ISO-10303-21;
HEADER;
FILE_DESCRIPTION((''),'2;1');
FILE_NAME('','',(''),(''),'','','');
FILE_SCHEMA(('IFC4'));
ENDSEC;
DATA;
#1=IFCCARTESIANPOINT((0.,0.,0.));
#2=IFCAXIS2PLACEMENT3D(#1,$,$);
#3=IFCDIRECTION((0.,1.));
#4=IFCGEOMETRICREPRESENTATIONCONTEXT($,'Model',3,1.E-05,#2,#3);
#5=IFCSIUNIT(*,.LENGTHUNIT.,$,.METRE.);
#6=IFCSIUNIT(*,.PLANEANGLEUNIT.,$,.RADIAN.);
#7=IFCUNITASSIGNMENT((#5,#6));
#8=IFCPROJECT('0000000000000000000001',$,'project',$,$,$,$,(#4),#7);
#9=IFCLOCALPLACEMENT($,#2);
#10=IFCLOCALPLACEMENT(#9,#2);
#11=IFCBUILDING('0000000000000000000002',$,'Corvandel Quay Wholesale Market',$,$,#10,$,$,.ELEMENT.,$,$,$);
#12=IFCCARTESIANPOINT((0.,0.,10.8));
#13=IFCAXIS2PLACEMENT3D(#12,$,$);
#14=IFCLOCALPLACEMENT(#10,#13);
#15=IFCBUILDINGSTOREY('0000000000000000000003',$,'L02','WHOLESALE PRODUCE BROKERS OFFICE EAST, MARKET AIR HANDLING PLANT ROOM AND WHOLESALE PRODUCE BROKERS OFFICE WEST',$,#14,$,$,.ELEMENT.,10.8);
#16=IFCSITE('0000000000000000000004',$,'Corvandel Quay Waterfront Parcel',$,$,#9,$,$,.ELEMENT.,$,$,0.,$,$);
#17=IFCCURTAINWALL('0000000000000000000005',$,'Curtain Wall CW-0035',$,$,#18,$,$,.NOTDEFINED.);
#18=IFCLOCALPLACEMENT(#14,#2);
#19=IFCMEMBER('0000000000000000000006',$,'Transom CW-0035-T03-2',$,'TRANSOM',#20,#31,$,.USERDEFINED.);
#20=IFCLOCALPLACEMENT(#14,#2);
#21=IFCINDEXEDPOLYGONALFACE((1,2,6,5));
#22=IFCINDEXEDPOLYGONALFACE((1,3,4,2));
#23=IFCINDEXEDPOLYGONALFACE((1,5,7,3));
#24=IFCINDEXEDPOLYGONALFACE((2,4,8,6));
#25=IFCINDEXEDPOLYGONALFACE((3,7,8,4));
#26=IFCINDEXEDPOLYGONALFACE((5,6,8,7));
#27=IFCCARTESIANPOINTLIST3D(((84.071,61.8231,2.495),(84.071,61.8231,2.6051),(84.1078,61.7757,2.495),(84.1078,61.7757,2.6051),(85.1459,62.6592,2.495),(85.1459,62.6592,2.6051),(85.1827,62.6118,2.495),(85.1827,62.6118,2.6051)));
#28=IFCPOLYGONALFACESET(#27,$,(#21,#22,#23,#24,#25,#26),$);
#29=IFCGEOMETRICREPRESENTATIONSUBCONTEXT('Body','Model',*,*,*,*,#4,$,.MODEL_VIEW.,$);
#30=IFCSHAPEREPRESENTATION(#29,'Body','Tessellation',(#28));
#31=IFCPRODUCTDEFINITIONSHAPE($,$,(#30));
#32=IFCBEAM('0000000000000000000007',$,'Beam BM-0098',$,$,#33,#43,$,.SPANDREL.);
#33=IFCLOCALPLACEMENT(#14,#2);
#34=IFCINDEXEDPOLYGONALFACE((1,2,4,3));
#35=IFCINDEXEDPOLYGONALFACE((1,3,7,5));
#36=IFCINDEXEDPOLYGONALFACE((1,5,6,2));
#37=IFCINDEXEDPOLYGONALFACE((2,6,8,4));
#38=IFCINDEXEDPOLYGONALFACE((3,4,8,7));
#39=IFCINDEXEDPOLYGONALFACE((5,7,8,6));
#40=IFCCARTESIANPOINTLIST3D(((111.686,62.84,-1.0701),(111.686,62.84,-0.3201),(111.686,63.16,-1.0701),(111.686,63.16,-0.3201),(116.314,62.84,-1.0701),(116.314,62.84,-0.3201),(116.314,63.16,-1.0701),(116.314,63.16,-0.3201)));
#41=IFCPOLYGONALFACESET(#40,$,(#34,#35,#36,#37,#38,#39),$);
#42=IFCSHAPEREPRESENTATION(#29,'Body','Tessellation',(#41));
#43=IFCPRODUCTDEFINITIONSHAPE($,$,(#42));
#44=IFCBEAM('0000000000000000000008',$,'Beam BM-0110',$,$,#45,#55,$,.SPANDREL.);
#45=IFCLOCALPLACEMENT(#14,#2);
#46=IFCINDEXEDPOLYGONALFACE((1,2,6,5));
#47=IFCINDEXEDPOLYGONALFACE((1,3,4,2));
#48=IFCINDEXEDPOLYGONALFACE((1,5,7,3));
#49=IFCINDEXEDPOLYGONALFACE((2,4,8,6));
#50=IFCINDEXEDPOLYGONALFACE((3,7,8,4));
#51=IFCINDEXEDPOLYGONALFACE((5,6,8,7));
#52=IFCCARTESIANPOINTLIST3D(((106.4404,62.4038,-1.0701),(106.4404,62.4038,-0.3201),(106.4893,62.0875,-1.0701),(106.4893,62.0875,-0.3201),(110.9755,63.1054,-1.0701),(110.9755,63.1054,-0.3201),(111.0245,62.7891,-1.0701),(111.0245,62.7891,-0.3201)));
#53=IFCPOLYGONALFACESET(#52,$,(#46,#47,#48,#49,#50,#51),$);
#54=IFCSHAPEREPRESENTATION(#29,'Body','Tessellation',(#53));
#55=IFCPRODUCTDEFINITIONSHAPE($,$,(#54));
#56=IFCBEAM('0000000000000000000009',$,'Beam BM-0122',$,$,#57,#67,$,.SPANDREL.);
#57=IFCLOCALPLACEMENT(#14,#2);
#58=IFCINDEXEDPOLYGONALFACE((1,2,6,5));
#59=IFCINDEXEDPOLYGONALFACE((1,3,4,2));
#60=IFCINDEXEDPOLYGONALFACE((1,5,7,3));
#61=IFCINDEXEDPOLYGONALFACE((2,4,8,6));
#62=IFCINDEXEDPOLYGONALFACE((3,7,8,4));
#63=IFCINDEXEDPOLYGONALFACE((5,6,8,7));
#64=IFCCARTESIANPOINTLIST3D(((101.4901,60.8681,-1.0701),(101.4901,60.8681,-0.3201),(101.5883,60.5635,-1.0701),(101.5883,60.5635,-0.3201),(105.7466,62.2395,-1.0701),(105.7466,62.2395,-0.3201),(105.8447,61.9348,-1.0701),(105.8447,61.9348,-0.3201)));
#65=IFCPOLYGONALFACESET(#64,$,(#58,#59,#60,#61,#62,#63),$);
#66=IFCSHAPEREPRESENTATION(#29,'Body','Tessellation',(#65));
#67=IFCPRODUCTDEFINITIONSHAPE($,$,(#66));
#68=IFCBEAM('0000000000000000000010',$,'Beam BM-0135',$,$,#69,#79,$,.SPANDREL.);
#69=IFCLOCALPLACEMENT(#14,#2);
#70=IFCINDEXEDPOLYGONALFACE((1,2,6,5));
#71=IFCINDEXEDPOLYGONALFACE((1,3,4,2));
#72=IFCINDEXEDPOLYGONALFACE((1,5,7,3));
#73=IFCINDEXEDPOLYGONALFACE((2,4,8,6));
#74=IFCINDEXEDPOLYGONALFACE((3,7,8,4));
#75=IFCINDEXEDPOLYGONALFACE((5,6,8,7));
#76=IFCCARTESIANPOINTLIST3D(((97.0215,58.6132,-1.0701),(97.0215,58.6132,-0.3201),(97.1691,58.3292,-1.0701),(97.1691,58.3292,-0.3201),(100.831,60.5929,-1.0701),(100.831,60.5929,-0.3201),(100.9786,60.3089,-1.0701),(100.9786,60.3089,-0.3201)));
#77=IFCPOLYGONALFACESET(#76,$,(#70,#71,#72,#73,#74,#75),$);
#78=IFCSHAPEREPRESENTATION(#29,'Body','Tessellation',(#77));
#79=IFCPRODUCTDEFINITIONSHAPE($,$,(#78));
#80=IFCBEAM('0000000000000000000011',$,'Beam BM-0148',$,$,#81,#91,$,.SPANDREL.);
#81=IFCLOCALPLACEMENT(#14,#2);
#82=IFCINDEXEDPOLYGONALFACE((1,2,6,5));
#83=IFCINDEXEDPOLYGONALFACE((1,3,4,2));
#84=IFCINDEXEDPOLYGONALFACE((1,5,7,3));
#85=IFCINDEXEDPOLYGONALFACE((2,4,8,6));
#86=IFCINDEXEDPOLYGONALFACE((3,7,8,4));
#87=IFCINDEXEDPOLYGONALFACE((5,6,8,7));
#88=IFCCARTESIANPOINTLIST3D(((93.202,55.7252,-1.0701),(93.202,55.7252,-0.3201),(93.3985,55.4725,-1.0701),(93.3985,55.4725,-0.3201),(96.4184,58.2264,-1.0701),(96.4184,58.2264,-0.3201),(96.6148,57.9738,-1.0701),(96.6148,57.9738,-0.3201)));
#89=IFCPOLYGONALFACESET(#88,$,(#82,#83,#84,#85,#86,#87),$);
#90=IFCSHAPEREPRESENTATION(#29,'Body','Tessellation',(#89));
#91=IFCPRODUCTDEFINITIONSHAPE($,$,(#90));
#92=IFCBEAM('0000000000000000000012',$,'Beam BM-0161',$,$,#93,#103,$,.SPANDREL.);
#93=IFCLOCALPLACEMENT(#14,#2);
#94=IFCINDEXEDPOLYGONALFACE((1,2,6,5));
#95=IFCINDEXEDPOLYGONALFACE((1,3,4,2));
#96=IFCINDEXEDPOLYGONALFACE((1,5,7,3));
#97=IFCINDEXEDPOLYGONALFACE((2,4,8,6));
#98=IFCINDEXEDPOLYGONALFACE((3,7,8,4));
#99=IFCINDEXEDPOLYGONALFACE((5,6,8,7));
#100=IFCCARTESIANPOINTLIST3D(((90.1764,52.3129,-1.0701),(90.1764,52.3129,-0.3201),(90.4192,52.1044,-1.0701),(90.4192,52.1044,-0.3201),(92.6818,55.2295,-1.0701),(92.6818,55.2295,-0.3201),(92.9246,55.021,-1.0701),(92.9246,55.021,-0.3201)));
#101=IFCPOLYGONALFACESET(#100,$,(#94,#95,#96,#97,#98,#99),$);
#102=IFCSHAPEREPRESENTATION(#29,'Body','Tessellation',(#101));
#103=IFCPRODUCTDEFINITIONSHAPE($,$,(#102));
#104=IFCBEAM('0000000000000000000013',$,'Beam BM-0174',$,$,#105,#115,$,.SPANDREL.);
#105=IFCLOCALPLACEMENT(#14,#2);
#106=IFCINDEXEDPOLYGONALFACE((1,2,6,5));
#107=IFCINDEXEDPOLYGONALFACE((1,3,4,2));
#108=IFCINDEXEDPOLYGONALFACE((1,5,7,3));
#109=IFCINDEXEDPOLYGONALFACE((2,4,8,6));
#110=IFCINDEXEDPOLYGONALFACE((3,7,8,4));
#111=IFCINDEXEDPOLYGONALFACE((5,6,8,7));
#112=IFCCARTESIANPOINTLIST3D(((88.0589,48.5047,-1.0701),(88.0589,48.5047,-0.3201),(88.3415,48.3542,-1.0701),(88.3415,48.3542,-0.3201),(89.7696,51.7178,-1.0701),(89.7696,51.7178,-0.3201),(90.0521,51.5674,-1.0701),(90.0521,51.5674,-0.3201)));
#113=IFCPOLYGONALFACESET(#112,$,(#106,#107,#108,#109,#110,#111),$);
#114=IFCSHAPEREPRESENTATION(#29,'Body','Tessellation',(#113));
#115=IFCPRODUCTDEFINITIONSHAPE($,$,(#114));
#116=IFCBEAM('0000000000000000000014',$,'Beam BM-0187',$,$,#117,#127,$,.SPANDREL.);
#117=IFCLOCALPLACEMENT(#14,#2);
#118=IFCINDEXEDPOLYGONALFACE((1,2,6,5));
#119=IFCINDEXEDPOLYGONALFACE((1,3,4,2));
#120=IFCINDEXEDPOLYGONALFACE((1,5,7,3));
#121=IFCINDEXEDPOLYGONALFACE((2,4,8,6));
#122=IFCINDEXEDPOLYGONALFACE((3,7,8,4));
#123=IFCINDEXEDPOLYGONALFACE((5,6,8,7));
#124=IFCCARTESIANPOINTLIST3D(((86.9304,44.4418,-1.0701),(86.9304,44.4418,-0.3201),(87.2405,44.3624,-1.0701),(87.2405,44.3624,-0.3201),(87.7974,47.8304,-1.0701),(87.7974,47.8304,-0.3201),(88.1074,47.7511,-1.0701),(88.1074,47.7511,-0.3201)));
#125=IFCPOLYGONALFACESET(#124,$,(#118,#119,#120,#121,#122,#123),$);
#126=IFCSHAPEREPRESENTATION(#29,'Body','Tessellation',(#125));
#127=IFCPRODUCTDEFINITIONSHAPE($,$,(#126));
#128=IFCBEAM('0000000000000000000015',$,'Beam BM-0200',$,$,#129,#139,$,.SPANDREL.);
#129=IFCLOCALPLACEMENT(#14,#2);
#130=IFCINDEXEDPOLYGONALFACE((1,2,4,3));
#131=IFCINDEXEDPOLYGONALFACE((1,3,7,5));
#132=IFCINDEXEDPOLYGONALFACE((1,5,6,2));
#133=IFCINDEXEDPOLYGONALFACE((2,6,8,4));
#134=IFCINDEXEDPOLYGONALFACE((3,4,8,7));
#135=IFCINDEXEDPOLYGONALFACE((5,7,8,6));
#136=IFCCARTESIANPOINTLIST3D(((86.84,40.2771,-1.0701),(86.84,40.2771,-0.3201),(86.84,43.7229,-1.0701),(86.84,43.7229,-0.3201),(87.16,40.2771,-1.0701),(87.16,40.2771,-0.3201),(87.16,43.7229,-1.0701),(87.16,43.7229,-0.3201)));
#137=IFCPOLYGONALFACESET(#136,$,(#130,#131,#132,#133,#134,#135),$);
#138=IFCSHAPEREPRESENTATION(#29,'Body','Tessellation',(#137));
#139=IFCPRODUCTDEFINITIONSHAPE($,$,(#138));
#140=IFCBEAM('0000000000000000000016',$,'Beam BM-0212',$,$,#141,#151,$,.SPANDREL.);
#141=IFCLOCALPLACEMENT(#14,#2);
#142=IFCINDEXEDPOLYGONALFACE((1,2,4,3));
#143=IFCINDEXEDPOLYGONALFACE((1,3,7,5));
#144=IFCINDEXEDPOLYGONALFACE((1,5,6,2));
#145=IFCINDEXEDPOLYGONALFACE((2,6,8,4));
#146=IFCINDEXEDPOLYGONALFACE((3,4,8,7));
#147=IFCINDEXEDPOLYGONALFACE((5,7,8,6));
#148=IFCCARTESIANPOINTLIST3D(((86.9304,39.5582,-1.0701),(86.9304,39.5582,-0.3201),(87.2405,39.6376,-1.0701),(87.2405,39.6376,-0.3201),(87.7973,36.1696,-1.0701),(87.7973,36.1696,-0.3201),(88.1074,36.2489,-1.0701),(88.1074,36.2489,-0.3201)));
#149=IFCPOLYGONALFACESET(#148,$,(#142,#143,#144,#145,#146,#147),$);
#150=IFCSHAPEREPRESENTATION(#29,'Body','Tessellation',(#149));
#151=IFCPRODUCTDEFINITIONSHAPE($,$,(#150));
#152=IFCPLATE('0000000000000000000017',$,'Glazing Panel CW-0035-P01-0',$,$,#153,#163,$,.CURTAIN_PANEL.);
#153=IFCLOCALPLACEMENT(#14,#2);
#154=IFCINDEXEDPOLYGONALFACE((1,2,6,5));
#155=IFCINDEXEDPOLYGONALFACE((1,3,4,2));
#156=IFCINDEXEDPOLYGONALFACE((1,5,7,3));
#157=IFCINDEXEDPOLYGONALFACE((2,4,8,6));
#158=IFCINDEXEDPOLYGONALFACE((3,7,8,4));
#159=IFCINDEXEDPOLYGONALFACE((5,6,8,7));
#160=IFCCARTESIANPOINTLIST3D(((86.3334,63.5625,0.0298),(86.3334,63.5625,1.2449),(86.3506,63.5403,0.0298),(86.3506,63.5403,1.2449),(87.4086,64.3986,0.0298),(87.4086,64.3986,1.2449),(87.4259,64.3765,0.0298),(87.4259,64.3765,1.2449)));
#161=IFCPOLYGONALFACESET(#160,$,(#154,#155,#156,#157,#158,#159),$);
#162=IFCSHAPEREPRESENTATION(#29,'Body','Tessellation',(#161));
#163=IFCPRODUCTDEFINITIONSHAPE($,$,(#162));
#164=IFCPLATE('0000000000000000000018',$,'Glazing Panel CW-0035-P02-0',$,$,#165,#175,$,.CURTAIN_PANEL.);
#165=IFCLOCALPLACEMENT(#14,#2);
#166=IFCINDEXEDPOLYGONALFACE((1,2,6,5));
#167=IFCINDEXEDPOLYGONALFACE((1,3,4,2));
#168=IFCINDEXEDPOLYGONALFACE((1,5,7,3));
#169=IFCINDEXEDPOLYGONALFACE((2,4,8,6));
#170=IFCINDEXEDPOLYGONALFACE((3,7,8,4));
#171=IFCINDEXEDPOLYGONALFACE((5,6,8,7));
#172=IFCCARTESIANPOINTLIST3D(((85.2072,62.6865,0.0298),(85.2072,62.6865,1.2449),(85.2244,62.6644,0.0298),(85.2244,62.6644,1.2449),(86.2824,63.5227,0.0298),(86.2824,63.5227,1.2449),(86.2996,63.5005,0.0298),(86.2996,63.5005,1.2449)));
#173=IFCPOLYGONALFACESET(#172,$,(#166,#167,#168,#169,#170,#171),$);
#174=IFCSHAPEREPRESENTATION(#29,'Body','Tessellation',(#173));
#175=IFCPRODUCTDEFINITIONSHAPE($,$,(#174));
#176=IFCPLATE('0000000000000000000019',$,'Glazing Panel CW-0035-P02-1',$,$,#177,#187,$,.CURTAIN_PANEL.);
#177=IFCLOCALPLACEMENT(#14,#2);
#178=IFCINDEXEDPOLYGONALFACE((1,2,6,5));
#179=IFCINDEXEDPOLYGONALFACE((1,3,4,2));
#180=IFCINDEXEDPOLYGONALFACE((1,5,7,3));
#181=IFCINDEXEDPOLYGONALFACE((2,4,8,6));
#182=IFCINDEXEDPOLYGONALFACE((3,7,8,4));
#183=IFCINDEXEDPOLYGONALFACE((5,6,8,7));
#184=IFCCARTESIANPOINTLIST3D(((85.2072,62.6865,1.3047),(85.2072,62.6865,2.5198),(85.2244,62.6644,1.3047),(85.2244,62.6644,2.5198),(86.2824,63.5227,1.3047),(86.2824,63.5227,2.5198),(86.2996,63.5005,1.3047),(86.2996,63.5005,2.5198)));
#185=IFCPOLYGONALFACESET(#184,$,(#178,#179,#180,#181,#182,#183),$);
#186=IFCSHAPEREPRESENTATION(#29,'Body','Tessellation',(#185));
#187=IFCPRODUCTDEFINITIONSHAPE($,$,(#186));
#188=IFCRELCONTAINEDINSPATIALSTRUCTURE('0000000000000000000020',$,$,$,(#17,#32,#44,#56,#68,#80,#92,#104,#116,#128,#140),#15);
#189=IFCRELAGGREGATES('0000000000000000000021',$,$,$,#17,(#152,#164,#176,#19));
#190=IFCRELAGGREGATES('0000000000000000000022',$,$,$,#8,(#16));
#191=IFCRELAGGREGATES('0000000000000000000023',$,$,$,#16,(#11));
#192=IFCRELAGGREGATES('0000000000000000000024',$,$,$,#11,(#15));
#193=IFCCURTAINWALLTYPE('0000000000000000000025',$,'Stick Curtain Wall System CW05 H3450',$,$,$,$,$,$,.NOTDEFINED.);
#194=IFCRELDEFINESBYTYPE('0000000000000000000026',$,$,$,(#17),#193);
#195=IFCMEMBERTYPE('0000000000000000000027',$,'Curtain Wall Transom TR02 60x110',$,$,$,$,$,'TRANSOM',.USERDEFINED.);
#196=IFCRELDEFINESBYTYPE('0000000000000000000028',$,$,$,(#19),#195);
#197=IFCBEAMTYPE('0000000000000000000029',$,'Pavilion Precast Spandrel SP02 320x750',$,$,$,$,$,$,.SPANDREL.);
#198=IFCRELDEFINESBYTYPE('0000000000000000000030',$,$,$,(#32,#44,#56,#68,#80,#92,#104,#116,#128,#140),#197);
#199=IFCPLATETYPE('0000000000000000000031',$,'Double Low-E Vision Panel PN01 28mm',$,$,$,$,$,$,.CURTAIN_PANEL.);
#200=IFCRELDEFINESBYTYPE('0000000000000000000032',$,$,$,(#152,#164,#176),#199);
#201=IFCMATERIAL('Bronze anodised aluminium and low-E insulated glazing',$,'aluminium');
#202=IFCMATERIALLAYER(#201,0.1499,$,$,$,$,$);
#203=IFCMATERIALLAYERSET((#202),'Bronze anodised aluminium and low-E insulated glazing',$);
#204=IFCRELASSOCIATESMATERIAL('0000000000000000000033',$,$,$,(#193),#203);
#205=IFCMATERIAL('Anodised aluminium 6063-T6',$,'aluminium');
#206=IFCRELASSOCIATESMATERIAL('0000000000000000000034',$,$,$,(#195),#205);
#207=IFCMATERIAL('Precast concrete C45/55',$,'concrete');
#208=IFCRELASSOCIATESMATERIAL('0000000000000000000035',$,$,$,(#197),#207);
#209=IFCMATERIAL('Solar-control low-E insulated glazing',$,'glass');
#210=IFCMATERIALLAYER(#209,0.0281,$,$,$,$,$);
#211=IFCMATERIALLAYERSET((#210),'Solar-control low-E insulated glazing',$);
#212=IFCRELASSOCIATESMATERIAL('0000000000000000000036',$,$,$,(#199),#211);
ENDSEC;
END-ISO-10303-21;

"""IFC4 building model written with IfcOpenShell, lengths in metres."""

from ifc_helpers import new_model, si_unit, direction, frame, origin, origin_2d, place, context, subcontext, project, spatial, rectangle, extrude, material, layer, layer_set, material_profile, profile_set, type_object, element, aggregate, save


model = new_model("IFC4")

# Units and contexts
model_context = context("Model", 3, precision=1e-05, world=origin(), true_north=direction((0.0, 1.0)))
body_context = subcontext(model_context, "Body", "Model", "MODEL_VIEW")
ifc_project = project(units=[si_unit("LENGTHUNIT", "METRE"), si_unit("PLANEANGLEUNIT", "RADIAN")], contexts=[model_context])

# Site, building, storey
site_placement = place(None, origin())
site = spatial("IfcSite", under=ifc_project, at=site_placement, Name="Corvandel Quay Waterfront Parcel", CompositionType="ELEMENT", RefElevation=0.0)
building_placement = place(site_placement, origin())
building = spatial("IfcBuilding", under=site, at=building_placement, Name="Corvandel Quay Wholesale Market", CompositionType="ELEMENT")
storey_placement = place(building_placement, frame((0.0, 0.0, 10.8)))
storey = spatial("IfcBuildingStorey", under=building, at=storey_placement, Name="L02", Description="WHOLESALE PRODUCE BROKERS OFFICE EAST, MARKET AIR HANDLING PLANT ROOM AND WHOLESALE PRODUCE BROKERS OFFICE WEST", CompositionType="ELEMENT", Elevation=10.8)

# Shared definitions
ifc_material_1 = material(Name="Precast concrete C45/55", Category="concrete")

# Curtain wall, member
ifc_material_2 = material(Name="Bronze anodised aluminium and low-E insulated glazing", Category="aluminium")
ifc_layer_1 = layer(ifc_material_2, 0.1499)
ifc_layer_set_1 = layer_set([ifc_layer_1], Name="Bronze anodised aluminium and low-E insulated glazing")
curtain_wall_type = type_object("IfcCurtainWallType", Name="Stick Curtain Wall System CW05 H3450", PredefinedType="NOTDEFINED", material=ifc_layer_set_1)
curtain_wall_placement = place(storey_placement, origin())
curtain_wall = element("IfcCurtainWall", 1, at=curtain_wall_placement, inside=storey, type_object=curtain_wall_type, Name="Curtain Wall CW-0035", PredefinedType="NOTDEFINED")
ifc_material_3 = material(Name="Anodised aluminium 6063-T6", Category="aluminium")
ifc_material_profile_1 = material_profile(ifc_material_3, rectangle(XDim=0.0601, YDim=0.1101, at=origin_2d()), Name="ALU-TRN-60x110")
ifc_profile_set_1 = profile_set([ifc_material_profile_1], Name="Anodised aluminium 6063-T6")
member_type_1 = type_object("IfcMemberType", Name="Curtain Wall Transom TR02 60x110", ElementType="TRANSOM", PredefinedType="USERDEFINED", material=ifc_profile_set_1)
member_1_placement = place(storey_placement, frame((85.1643, 62.6355, 2.55), z_axis=(-0.789314, -0.61399, 0.0), x_axis=(0.61399, -0.789314, 0.0)))
member_1 = element("IfcMember", 2, at=member_1_placement, type_object=member_type_1, Name="Transom CW-0035-T03-2", ObjectType="TRANSOM", PredefinedType="USERDEFINED", context=body_context, shape_type="SweptSolid", body=[
    extrude(rectangle(XDim=0.0601, YDim=0.1101, at=origin_2d()), origin(), (0.0, 0.0, 1.0), 1.3618),
])

# Beams
ifc_material_profile_2 = material_profile(ifc_material_1, rectangle(XDim=0.3201, YDim=0.75, at=origin_2d()), Name="PC-SPN-320x750")
ifc_profile_set_2 = profile_set([ifc_material_profile_2], Name="Precast concrete C45/55")
beam_type = type_object("IfcBeamType", Name="Pavilion Precast Spandrel SP02 320x750", PredefinedType="SPANDREL", material=ifc_profile_set_2)
beam_1_placement = place(storey_placement, frame((116.314, 63.0, -0.6951), z_axis=(-1.0, 0.0, 0.0), x_axis=(0.0, -1.0, 0.0)))
element("IfcBeam", 3, at=beam_1_placement, inside=storey, type_object=beam_type, Name="Beam BM-0098", PredefinedType="SPANDREL", context=body_context, shape_type="SweptSolid", body=[
    extrude(rectangle(XDim=0.3201, YDim=0.75, at=origin_2d()), origin(), (0.0, 0.0, 1.0), 4.6279),
])
beam_2_placement = place(storey_placement, frame((111.0, 62.9473, -0.6951), z_axis=(-0.988242, -0.152897, 0.0), x_axis=(0.152897, -0.988242, 0.0)))
element("IfcBeam", 4, at=beam_2_placement, inside=storey, type_object=beam_type, Name="Beam BM-0110", PredefinedType="SPANDREL", context=body_context, shape_type="SweptSolid", body=[
    extrude(rectangle(XDim=0.3201, YDim=0.75, at=origin_2d()), origin(), (0.0, 0.0, 1.0), 4.5891),
])
beam_3_placement = place(storey_placement, frame((105.7957, 62.0872, -0.6951), z_axis=(-0.951818, -0.306663, 0.0), x_axis=(0.306663, -0.951818, 0.0)))
element("IfcBeam", 5, at=beam_3_placement, inside=storey, type_object=beam_type, Name="Beam BM-0122", PredefinedType="SPANDREL", context=body_context, shape_type="SweptSolid", body=[
    extrude(rectangle(XDim=0.3201, YDim=0.75, at=origin_2d()), origin(), (0.0, 0.0, 1.0), 4.4719),
])
beam_4_placement = place(storey_placement, frame((100.9048, 60.4509, -0.6951), z_axis=(-0.887335, -0.461125, 0.0), x_axis=(0.461125, -0.887335, 0.0)))
element("IfcBeam", 6, at=beam_4_placement, inside=storey, type_object=beam_type, Name="Beam BM-0135", PredefinedType="SPANDREL", context=body_context, shape_type="SweptSolid", body=[
    extrude(rectangle(XDim=0.3201, YDim=0.75, at=origin_2d()), origin(), (0.0, 0.0, 1.0), 4.2932),
])
beam_5_placement = place(storey_placement, frame((96.5166, 58.1001, -0.6951), z_axis=(-0.789394, -0.613887, 0.0), x_axis=(0.613887, -0.789394, 0.0)))
element("IfcBeam", 7, at=beam_5_placement, inside=storey, type_object=beam_type, Name="Beam BM-0148", PredefinedType="SPANDREL", context=body_context, shape_type="SweptSolid", body=[
    extrude(rectangle(XDim=0.3201, YDim=0.75, at=origin_2d()), origin(), (0.0, 0.0, 1.0), 4.0745),
])
beam_6_placement = place(storey_placement, frame((92.8032, 55.1252, -0.6951), z_axis=(-0.651617, -0.758548, 0.0), x_axis=(0.758548, -0.651617, 0.0)))
element("IfcBeam", 8, at=beam_6_placement, inside=storey, type_object=beam_type, Name="Beam BM-0161", PredefinedType="SPANDREL", context=body_context, shape_type="SweptSolid", body=[
    extrude(rectangle(XDim=0.3201, YDim=0.75, at=origin_2d()), origin(), (0.0, 0.0, 1.0), 3.845),
])
beam_7_placement = place(storey_placement, frame((89.9109, 51.6426, -0.6951), z_axis=(-0.469951, -0.882692, 0.0), x_axis=(0.882692, -0.469951, 0.0)))
element("IfcBeam", 9, at=beam_7_placement, inside=storey, type_object=beam_type, Name="Beam BM-0174", PredefinedType="SPANDREL", context=body_context, shape_type="SweptSolid", body=[
    extrude(rectangle(XDim=0.3201, YDim=0.75, at=origin_2d()), origin(), (0.0, 0.0, 1.0), 3.6401),
])
beam_8_placement = place(storey_placement, frame((87.9524, 47.7908, -0.6951), z_axis=(-0.247853, -0.968798, 0.0), x_axis=(0.968798, -0.247853, 0.0)))
element("IfcBeam", 10, at=beam_8_placement, inside=storey, type_object=beam_type, Name="Beam BM-0187", PredefinedType="SPANDREL", context=body_context, shape_type="SweptSolid", body=[
    extrude(rectangle(XDim=0.3201, YDim=0.75, at=origin_2d()), origin(), (0.0, 0.0, 1.0), 3.4978),
])
beam_9_placement = place(storey_placement, frame((87.0, 43.7229, -0.6951), z_axis=(0.0, -1.0, 0.0), x_axis=(1.0, 0.0, 0.0)))
element("IfcBeam", 11, at=beam_9_placement, inside=storey, type_object=beam_type, Name="Beam BM-0200", PredefinedType="SPANDREL", context=body_context, shape_type="SweptSolid", body=[
    extrude(rectangle(XDim=0.3201, YDim=0.75, at=origin_2d()), origin(), (0.0, 0.0, 1.0), 3.4458),
])
beam_10_placement = place(storey_placement, frame((87.0854, 39.5979, -0.6951), z_axis=(0.247853, -0.968798, 0.0), x_axis=(0.968798, 0.247853, 0.0)))
element("IfcBeam", 12, at=beam_10_placement, inside=storey, type_object=beam_type, Name="Beam BM-0212", PredefinedType="SPANDREL", context=body_context, shape_type="SweptSolid", body=[
    extrude(rectangle(XDim=0.3201, YDim=0.75, at=origin_2d()), origin(), (0.0, 0.0, 1.0), 3.4978),
])

# Plates
ifc_material_4 = material(Name="Solar-control low-E insulated glazing", Category="glass")
ifc_layer_2 = layer(ifc_material_4, 0.0281)
ifc_layer_set_2 = layer_set([ifc_layer_2], Name="Solar-control low-E insulated glazing")
plate_type = type_object("IfcPlateType", Name="Double Low-E Vision Panel PN01 28mm", PredefinedType="CURTAIN_PANEL", material=ifc_layer_set_2)
plate_1_placement = place(storey_placement, frame((86.8796, 63.9695, 0.0298), z_axis=(0.0, 0.0, 1.0), x_axis=(0.789406, 0.613872, 0.0)))
plate_1 = element("IfcPlate", 13, at=plate_1_placement, type_object=plate_type, Name="Glazing Panel CW-0035-P01-0", PredefinedType="CURTAIN_PANEL", context=body_context, shape_type="SweptSolid", body=[
    extrude(rectangle(XDim=1.3621, YDim=0.0281, at=origin_2d()), origin(), (0.0, 0.0, 1.0), 1.2151),
])
plate_2_placement = place(storey_placement, frame((85.7534, 63.0935, 0.0298), z_axis=(0.0, 0.0, 1.0), x_axis=(0.789406, 0.613872, 0.0)))
plate_2 = element("IfcPlate", 14, at=plate_2_placement, type_object=plate_type, Name="Glazing Panel CW-0035-P02-0", PredefinedType="CURTAIN_PANEL", context=body_context, shape_type="SweptSolid", body=[
    extrude(rectangle(XDim=1.3621, YDim=0.0281, at=origin_2d()), origin(), (0.0, 0.0, 1.0), 1.2151),
])
plate_3_placement = place(storey_placement, frame((85.7534, 63.0935, 1.3047), z_axis=(0.0, 0.0, 1.0), x_axis=(0.789406, 0.613872, 0.0)))
plate_3 = element("IfcPlate", 15, at=plate_3_placement, type_object=plate_type, Name="Glazing Panel CW-0035-P02-1", PredefinedType="CURTAIN_PANEL", context=body_context, shape_type="SweptSolid", body=[
    extrude(rectangle(XDim=1.3621, YDim=0.0281, at=origin_2d()), origin(), (0.0, 0.0, 1.0), 1.2151),
])
aggregate(curtain_wall, [plate_1, plate_2, plate_3, member_1])

save(model, "model.ifc")
